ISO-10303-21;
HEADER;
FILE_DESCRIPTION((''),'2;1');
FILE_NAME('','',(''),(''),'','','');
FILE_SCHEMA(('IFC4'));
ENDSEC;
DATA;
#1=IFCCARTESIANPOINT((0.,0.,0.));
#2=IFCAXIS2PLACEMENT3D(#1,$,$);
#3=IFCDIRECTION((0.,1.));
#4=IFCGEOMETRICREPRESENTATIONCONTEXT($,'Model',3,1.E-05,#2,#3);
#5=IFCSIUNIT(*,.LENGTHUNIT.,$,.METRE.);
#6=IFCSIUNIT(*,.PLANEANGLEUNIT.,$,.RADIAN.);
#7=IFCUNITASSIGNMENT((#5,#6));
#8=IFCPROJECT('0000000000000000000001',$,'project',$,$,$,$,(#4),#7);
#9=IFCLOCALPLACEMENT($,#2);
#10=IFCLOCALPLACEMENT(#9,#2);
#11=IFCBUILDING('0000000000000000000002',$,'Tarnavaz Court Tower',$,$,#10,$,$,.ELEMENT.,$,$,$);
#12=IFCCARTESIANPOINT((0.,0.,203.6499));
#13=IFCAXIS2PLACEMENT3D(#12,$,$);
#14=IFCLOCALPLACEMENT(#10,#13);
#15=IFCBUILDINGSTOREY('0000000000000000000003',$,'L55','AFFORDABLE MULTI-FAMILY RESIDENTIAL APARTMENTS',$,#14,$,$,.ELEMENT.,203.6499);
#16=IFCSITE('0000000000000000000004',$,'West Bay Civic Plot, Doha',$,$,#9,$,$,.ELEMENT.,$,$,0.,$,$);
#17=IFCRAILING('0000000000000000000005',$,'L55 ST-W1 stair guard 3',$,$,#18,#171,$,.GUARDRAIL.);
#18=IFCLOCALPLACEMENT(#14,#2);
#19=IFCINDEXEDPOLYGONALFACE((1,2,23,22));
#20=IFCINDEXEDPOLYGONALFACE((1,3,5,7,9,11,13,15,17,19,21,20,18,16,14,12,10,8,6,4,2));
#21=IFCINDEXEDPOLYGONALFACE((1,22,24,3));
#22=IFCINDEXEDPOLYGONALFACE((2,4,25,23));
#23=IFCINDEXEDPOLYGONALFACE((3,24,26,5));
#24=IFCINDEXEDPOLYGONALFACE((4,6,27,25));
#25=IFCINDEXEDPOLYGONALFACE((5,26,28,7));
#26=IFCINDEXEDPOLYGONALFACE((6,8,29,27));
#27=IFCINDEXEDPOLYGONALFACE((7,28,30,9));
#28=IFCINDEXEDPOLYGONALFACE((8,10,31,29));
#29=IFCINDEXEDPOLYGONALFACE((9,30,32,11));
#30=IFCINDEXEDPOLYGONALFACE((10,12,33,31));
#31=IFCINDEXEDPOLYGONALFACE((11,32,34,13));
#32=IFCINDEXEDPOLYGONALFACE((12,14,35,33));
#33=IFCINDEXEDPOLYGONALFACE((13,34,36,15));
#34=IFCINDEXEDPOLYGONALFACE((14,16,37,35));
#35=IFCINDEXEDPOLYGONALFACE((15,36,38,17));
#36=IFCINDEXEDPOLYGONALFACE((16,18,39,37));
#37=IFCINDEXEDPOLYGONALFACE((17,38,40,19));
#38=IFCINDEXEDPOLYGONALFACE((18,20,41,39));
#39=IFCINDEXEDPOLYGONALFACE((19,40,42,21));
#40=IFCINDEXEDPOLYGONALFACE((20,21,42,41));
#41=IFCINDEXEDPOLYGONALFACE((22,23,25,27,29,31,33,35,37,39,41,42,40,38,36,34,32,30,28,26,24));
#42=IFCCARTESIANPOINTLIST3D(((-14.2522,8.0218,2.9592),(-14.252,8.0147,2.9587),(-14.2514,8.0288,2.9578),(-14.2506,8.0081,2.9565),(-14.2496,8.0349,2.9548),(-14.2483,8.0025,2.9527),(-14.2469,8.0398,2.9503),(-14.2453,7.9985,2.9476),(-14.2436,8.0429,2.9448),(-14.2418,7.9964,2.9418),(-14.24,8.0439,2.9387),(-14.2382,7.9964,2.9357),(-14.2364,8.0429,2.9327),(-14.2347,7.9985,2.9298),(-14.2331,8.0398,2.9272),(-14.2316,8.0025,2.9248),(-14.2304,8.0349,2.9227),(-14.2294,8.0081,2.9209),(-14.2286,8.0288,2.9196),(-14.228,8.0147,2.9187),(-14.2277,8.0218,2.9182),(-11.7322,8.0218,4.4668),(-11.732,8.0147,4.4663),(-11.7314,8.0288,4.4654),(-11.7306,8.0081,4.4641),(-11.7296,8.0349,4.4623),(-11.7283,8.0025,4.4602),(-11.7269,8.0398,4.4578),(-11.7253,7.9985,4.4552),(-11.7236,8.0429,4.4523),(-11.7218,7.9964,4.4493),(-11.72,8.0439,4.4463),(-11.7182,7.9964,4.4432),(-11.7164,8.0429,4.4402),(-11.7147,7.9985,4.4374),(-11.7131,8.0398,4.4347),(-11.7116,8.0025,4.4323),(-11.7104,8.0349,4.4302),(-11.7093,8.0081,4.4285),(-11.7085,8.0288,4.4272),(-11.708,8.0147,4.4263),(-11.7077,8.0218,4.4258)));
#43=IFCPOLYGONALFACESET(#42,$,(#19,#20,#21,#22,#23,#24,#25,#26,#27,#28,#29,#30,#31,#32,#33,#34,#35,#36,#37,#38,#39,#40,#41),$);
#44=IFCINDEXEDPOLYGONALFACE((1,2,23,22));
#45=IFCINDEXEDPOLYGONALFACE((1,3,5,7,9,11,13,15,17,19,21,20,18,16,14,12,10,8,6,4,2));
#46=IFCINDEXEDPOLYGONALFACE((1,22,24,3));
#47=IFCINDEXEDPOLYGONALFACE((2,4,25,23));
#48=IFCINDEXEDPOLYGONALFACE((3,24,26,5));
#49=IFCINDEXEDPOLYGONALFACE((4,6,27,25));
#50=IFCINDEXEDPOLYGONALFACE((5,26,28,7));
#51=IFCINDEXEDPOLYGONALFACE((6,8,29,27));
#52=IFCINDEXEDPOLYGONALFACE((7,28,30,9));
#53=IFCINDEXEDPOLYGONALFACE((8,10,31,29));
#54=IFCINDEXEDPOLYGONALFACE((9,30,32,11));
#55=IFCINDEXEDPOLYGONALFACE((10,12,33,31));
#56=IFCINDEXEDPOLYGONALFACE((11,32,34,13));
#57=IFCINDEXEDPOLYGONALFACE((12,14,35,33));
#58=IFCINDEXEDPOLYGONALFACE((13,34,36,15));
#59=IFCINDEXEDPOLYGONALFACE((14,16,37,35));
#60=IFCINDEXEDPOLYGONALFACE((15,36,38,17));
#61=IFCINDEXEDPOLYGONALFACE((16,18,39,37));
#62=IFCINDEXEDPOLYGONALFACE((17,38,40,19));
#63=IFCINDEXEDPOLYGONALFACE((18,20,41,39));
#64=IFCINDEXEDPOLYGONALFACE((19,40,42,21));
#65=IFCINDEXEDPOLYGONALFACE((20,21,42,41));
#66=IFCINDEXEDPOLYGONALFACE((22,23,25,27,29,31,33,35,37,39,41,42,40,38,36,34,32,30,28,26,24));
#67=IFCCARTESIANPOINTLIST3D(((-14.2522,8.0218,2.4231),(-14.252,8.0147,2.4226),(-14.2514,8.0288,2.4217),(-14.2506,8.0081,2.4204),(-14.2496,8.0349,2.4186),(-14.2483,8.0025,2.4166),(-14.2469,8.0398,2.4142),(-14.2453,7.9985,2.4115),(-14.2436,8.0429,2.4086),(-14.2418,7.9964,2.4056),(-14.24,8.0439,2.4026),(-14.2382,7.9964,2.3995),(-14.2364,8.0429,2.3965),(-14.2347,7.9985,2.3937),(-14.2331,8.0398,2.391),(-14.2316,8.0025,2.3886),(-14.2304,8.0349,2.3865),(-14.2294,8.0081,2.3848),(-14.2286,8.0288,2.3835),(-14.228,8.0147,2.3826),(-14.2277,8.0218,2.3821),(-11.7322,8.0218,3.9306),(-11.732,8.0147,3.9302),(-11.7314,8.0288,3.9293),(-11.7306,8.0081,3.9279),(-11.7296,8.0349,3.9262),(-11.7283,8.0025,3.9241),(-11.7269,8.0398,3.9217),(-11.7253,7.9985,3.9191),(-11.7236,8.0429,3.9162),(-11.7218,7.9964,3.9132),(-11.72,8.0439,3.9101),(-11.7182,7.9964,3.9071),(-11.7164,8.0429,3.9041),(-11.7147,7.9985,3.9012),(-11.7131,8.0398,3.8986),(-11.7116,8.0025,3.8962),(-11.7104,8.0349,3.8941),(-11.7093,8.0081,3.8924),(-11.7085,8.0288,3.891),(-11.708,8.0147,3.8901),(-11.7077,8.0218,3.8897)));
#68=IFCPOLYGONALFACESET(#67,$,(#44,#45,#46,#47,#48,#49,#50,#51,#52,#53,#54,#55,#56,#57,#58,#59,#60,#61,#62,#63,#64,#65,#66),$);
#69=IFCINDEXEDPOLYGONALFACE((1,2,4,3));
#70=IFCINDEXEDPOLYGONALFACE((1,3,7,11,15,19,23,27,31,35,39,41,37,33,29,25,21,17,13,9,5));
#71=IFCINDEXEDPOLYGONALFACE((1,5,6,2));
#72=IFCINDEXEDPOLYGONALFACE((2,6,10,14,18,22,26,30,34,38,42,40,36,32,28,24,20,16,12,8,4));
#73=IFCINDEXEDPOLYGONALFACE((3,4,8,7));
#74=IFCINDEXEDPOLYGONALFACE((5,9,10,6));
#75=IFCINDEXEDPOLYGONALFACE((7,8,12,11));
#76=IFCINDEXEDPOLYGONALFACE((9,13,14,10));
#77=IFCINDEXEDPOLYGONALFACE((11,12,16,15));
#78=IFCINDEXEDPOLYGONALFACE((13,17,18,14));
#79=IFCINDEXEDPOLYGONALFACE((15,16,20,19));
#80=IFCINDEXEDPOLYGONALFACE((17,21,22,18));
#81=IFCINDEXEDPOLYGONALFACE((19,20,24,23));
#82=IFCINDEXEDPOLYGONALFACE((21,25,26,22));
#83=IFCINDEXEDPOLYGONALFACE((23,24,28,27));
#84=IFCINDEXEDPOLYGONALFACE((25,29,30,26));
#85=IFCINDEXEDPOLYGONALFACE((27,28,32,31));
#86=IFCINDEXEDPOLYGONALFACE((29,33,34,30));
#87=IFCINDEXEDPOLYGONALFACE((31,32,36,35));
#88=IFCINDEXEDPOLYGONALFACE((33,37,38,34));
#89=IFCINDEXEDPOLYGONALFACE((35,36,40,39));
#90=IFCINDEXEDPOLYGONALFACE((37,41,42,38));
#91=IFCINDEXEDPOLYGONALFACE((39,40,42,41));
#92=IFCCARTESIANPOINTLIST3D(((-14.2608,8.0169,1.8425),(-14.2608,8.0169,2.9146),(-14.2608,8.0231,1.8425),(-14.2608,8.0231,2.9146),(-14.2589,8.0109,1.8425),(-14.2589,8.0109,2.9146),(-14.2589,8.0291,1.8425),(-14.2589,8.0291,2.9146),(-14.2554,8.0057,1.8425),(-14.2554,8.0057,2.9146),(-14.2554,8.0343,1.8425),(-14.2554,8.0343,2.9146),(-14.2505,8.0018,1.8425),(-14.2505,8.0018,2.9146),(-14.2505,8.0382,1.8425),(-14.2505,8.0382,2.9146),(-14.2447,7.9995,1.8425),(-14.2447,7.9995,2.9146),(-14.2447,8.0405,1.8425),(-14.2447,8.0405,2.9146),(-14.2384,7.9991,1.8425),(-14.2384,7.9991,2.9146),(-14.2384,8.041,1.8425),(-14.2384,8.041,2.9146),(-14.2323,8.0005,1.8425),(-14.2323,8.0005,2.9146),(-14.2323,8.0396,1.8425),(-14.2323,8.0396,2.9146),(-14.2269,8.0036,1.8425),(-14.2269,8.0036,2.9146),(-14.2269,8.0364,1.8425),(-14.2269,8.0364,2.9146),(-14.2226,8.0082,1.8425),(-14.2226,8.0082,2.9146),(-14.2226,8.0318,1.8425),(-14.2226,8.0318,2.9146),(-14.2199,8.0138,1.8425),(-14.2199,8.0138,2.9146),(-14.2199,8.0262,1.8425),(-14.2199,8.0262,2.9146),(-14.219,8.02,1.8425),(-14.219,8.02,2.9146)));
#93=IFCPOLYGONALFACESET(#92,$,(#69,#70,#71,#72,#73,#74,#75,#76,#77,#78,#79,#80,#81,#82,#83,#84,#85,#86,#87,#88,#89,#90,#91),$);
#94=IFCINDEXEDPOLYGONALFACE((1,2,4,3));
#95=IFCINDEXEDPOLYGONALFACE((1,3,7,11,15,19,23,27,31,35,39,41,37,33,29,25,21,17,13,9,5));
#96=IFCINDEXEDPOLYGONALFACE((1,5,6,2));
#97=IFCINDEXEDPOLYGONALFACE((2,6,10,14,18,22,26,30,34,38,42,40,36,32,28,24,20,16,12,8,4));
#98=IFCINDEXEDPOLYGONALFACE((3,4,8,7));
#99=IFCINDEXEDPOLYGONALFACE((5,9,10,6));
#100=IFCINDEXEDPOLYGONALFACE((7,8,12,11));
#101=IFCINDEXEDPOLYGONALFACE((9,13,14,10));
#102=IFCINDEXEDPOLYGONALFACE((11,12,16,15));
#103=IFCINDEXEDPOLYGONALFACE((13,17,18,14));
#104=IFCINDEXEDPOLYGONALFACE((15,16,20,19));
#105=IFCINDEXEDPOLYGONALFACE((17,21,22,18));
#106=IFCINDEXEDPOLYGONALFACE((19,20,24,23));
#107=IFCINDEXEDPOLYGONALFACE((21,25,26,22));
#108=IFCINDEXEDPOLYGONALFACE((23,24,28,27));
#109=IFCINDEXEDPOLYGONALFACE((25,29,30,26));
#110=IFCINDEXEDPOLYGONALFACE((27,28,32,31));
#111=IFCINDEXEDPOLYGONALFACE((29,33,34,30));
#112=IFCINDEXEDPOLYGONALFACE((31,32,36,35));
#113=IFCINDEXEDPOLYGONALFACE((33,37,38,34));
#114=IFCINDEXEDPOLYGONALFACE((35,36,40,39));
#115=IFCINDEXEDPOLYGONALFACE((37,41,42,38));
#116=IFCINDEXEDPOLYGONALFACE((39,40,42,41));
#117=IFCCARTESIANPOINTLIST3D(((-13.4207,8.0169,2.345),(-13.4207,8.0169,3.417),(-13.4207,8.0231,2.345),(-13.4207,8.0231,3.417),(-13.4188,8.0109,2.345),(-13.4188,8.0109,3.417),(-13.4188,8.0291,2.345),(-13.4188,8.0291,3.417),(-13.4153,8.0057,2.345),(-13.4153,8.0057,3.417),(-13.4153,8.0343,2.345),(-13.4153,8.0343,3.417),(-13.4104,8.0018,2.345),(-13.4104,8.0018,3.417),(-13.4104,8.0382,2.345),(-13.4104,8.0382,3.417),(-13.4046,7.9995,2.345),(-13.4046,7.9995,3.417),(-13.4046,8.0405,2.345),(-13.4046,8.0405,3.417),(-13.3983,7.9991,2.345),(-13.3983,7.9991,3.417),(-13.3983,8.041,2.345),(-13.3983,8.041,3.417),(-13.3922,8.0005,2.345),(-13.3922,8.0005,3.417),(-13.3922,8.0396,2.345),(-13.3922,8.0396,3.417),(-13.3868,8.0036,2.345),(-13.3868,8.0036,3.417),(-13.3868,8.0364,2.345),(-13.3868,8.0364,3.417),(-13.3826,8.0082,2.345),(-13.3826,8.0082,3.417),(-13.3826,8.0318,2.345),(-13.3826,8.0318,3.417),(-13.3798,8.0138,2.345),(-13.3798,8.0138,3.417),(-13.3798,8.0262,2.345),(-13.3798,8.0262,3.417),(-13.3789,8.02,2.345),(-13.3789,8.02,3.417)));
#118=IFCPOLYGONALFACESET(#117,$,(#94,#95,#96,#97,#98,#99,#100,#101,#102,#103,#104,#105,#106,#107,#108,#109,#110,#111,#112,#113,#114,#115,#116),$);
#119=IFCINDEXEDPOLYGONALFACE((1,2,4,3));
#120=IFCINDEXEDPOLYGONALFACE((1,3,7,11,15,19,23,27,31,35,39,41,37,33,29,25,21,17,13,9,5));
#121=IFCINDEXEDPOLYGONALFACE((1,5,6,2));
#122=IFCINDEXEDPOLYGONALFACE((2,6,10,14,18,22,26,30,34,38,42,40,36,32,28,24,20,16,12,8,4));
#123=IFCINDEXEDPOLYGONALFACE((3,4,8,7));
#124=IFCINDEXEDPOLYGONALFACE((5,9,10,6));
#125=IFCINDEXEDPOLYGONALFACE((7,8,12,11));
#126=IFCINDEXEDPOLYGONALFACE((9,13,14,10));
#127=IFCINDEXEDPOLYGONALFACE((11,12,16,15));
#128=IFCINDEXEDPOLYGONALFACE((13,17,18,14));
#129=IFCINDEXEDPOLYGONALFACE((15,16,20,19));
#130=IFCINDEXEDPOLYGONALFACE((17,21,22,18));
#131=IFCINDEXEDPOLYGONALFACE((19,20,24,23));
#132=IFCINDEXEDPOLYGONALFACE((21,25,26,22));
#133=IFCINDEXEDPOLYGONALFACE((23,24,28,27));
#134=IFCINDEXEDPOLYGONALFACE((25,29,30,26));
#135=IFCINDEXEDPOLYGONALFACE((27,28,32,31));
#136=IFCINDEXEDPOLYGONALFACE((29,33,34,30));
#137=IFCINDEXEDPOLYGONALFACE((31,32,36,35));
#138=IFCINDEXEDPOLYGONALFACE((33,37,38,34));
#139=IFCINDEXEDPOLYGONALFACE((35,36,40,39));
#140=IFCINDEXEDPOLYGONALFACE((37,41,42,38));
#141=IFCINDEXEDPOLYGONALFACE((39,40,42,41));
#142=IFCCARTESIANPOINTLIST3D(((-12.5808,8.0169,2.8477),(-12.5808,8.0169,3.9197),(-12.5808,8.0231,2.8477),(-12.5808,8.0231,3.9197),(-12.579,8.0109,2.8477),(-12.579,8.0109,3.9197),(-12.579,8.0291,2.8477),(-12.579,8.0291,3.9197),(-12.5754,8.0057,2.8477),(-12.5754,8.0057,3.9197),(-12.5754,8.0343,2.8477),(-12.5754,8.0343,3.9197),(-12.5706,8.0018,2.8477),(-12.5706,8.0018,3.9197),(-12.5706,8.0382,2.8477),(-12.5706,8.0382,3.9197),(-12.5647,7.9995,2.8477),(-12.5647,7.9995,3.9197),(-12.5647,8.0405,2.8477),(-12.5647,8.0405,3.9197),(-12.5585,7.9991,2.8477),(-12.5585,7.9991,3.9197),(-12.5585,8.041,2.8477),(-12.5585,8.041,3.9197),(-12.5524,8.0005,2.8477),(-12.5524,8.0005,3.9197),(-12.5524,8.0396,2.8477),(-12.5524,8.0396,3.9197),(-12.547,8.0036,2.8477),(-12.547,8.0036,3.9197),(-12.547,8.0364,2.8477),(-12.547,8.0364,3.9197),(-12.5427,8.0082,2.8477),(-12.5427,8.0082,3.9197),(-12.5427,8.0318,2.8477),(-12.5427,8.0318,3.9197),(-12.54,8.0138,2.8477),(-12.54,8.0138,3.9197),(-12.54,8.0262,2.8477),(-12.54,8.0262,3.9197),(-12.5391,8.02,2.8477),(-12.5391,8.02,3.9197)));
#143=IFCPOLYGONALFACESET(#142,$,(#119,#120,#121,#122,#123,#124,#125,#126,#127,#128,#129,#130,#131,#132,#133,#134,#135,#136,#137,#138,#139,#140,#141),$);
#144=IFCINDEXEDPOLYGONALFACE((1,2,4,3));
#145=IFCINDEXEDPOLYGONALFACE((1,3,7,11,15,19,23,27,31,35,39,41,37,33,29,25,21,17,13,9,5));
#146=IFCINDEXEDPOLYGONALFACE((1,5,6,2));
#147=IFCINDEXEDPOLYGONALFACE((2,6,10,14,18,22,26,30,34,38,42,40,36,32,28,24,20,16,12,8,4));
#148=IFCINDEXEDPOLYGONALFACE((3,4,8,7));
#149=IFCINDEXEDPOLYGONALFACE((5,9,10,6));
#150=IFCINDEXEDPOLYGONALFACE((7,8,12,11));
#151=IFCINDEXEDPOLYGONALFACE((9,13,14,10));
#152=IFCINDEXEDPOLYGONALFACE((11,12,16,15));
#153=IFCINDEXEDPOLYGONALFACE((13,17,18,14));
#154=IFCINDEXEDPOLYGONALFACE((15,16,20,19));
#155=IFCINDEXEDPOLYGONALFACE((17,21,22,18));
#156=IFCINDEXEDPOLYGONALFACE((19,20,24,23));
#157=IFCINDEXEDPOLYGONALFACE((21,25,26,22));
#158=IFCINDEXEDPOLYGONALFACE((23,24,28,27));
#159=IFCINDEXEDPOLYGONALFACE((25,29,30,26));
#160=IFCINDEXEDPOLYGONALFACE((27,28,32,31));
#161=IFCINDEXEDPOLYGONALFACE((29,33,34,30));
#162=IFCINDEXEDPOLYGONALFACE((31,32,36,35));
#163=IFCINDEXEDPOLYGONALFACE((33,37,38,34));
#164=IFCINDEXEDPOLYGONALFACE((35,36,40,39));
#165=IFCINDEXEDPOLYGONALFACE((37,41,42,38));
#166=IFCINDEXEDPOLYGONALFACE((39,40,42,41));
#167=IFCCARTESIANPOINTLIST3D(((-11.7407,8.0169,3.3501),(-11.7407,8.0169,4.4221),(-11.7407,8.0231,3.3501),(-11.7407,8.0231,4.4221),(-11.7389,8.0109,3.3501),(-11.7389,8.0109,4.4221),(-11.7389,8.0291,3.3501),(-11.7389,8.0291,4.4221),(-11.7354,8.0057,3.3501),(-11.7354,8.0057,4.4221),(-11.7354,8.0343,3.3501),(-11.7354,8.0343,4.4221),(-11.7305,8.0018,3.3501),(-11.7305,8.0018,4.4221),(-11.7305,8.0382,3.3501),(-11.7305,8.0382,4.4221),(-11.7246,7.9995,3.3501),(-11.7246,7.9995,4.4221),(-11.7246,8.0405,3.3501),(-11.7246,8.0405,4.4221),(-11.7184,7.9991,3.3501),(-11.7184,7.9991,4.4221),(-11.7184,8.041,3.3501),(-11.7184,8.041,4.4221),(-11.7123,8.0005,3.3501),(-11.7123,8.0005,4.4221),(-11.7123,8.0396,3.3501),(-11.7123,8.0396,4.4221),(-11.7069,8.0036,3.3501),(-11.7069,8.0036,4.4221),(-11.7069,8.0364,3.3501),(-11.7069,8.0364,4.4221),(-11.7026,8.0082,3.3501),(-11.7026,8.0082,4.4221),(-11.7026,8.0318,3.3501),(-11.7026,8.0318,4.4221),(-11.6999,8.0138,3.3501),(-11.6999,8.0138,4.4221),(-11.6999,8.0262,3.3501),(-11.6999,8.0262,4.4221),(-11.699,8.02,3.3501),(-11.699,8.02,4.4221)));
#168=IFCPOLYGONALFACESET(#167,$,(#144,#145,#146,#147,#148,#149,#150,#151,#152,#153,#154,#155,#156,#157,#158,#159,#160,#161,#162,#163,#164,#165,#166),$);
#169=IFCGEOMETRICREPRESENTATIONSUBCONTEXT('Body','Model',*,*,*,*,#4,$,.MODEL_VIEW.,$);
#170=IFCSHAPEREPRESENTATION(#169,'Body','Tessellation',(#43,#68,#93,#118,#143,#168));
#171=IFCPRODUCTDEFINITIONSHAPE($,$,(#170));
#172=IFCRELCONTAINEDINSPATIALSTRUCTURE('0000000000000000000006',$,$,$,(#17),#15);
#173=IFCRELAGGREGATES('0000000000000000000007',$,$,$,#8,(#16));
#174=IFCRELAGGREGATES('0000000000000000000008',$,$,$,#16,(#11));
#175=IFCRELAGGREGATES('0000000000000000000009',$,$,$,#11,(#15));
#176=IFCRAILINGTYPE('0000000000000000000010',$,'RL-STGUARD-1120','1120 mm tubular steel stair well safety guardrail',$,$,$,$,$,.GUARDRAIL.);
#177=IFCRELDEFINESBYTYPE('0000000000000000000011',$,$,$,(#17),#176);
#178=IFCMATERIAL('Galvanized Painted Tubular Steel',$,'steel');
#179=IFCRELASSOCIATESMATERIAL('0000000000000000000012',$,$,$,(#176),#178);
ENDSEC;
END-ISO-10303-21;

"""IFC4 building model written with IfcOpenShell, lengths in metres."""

from ifc_helpers import new_model, si_unit, direction, frame, origin, origin_2d, place, context, subcontext, project, spatial, circle, extrude, material, type_object, element, save


model = new_model("IFC4")

# Units and contexts
model_context = context("Model", 3, precision=1e-05, world=origin(), true_north=direction((0.0, 1.0)))
body_context = subcontext(model_context, "Body", "Model", "MODEL_VIEW")
ifc_project = project(units=[si_unit("LENGTHUNIT", "METRE"), si_unit("PLANEANGLEUNIT", "RADIAN")], contexts=[model_context])

# Site, building, storey
site_placement = place(None, origin())
site = spatial("IfcSite", under=ifc_project, at=site_placement, Name="West Bay Civic Plot, Doha", CompositionType="ELEMENT", RefElevation=0.0)
building_placement = place(site_placement, origin())
building = spatial("IfcBuilding", under=site, at=building_placement, Name="Tarnavaz Court Tower", CompositionType="ELEMENT")
storey_placement = place(building_placement, frame((0.0, 0.0, 203.6499)))
storey = spatial("IfcBuildingStorey", under=building, at=storey_placement, Name="L55", Description="AFFORDABLE MULTI-FAMILY RESIDENTIAL APARTMENTS", CompositionType="ELEMENT", Elevation=203.6499)

# Railing
ifc_material_1 = material(Name="Galvanized Painted Tubular Steel", Category="steel")
railing_type_1 = type_object("IfcRailingType", Name="RL-STGUARD-1120", Description="1120 mm tubular steel stair well safety guardrail", PredefinedType="GUARDRAIL", material=ifc_material_1)
railing_1_placement = place(storey_placement, frame((-14.24, 8.02, 1.8425)))
element("IfcRailing", 1, at=railing_1_placement, inside=storey, type_object=railing_type_1, Name="L55 ST-W1 stair guard 3", PredefinedType="GUARDRAIL", context=body_context, shape_type="SweptSolid", body=[
    extrude(circle(Radius=0.0239, at=origin_2d()), frame((0.0, 0.0, 1.0962), z_axis=(0.85816, 0.0, 0.513383), x_axis=(0.0, 1.0, 0.0)), (0.0, 0.0, 1.0), 2.9365),
    extrude(circle(Radius=0.0239, at=origin_2d()), frame((0.0, 0.0, 0.5601), z_axis=(0.85816, 0.0, 0.513383), x_axis=(0.0, 1.0, 0.0)), (0.0, 0.0, 1.0), 2.9365),
    extrude(circle(Radius=0.021, at=origin_2d()), origin(), (0.0, 0.0, 1.0), 1.072),
    extrude(circle(Radius=0.021, at=origin_2d()), frame((0.8401, 0.0, 0.5024)), (0.0, 0.0, 1.0), 1.072),
    extrude(circle(Radius=0.021, at=origin_2d()), frame((1.6799, 0.0, 1.0051)), (0.0, 0.0, 1.0), 1.072),
    extrude(circle(Radius=0.021, at=origin_2d()), frame((2.52, 0.0, 1.5076)), (0.0, 0.0, 1.0), 1.072),
])

save(model, "model.ifc")
